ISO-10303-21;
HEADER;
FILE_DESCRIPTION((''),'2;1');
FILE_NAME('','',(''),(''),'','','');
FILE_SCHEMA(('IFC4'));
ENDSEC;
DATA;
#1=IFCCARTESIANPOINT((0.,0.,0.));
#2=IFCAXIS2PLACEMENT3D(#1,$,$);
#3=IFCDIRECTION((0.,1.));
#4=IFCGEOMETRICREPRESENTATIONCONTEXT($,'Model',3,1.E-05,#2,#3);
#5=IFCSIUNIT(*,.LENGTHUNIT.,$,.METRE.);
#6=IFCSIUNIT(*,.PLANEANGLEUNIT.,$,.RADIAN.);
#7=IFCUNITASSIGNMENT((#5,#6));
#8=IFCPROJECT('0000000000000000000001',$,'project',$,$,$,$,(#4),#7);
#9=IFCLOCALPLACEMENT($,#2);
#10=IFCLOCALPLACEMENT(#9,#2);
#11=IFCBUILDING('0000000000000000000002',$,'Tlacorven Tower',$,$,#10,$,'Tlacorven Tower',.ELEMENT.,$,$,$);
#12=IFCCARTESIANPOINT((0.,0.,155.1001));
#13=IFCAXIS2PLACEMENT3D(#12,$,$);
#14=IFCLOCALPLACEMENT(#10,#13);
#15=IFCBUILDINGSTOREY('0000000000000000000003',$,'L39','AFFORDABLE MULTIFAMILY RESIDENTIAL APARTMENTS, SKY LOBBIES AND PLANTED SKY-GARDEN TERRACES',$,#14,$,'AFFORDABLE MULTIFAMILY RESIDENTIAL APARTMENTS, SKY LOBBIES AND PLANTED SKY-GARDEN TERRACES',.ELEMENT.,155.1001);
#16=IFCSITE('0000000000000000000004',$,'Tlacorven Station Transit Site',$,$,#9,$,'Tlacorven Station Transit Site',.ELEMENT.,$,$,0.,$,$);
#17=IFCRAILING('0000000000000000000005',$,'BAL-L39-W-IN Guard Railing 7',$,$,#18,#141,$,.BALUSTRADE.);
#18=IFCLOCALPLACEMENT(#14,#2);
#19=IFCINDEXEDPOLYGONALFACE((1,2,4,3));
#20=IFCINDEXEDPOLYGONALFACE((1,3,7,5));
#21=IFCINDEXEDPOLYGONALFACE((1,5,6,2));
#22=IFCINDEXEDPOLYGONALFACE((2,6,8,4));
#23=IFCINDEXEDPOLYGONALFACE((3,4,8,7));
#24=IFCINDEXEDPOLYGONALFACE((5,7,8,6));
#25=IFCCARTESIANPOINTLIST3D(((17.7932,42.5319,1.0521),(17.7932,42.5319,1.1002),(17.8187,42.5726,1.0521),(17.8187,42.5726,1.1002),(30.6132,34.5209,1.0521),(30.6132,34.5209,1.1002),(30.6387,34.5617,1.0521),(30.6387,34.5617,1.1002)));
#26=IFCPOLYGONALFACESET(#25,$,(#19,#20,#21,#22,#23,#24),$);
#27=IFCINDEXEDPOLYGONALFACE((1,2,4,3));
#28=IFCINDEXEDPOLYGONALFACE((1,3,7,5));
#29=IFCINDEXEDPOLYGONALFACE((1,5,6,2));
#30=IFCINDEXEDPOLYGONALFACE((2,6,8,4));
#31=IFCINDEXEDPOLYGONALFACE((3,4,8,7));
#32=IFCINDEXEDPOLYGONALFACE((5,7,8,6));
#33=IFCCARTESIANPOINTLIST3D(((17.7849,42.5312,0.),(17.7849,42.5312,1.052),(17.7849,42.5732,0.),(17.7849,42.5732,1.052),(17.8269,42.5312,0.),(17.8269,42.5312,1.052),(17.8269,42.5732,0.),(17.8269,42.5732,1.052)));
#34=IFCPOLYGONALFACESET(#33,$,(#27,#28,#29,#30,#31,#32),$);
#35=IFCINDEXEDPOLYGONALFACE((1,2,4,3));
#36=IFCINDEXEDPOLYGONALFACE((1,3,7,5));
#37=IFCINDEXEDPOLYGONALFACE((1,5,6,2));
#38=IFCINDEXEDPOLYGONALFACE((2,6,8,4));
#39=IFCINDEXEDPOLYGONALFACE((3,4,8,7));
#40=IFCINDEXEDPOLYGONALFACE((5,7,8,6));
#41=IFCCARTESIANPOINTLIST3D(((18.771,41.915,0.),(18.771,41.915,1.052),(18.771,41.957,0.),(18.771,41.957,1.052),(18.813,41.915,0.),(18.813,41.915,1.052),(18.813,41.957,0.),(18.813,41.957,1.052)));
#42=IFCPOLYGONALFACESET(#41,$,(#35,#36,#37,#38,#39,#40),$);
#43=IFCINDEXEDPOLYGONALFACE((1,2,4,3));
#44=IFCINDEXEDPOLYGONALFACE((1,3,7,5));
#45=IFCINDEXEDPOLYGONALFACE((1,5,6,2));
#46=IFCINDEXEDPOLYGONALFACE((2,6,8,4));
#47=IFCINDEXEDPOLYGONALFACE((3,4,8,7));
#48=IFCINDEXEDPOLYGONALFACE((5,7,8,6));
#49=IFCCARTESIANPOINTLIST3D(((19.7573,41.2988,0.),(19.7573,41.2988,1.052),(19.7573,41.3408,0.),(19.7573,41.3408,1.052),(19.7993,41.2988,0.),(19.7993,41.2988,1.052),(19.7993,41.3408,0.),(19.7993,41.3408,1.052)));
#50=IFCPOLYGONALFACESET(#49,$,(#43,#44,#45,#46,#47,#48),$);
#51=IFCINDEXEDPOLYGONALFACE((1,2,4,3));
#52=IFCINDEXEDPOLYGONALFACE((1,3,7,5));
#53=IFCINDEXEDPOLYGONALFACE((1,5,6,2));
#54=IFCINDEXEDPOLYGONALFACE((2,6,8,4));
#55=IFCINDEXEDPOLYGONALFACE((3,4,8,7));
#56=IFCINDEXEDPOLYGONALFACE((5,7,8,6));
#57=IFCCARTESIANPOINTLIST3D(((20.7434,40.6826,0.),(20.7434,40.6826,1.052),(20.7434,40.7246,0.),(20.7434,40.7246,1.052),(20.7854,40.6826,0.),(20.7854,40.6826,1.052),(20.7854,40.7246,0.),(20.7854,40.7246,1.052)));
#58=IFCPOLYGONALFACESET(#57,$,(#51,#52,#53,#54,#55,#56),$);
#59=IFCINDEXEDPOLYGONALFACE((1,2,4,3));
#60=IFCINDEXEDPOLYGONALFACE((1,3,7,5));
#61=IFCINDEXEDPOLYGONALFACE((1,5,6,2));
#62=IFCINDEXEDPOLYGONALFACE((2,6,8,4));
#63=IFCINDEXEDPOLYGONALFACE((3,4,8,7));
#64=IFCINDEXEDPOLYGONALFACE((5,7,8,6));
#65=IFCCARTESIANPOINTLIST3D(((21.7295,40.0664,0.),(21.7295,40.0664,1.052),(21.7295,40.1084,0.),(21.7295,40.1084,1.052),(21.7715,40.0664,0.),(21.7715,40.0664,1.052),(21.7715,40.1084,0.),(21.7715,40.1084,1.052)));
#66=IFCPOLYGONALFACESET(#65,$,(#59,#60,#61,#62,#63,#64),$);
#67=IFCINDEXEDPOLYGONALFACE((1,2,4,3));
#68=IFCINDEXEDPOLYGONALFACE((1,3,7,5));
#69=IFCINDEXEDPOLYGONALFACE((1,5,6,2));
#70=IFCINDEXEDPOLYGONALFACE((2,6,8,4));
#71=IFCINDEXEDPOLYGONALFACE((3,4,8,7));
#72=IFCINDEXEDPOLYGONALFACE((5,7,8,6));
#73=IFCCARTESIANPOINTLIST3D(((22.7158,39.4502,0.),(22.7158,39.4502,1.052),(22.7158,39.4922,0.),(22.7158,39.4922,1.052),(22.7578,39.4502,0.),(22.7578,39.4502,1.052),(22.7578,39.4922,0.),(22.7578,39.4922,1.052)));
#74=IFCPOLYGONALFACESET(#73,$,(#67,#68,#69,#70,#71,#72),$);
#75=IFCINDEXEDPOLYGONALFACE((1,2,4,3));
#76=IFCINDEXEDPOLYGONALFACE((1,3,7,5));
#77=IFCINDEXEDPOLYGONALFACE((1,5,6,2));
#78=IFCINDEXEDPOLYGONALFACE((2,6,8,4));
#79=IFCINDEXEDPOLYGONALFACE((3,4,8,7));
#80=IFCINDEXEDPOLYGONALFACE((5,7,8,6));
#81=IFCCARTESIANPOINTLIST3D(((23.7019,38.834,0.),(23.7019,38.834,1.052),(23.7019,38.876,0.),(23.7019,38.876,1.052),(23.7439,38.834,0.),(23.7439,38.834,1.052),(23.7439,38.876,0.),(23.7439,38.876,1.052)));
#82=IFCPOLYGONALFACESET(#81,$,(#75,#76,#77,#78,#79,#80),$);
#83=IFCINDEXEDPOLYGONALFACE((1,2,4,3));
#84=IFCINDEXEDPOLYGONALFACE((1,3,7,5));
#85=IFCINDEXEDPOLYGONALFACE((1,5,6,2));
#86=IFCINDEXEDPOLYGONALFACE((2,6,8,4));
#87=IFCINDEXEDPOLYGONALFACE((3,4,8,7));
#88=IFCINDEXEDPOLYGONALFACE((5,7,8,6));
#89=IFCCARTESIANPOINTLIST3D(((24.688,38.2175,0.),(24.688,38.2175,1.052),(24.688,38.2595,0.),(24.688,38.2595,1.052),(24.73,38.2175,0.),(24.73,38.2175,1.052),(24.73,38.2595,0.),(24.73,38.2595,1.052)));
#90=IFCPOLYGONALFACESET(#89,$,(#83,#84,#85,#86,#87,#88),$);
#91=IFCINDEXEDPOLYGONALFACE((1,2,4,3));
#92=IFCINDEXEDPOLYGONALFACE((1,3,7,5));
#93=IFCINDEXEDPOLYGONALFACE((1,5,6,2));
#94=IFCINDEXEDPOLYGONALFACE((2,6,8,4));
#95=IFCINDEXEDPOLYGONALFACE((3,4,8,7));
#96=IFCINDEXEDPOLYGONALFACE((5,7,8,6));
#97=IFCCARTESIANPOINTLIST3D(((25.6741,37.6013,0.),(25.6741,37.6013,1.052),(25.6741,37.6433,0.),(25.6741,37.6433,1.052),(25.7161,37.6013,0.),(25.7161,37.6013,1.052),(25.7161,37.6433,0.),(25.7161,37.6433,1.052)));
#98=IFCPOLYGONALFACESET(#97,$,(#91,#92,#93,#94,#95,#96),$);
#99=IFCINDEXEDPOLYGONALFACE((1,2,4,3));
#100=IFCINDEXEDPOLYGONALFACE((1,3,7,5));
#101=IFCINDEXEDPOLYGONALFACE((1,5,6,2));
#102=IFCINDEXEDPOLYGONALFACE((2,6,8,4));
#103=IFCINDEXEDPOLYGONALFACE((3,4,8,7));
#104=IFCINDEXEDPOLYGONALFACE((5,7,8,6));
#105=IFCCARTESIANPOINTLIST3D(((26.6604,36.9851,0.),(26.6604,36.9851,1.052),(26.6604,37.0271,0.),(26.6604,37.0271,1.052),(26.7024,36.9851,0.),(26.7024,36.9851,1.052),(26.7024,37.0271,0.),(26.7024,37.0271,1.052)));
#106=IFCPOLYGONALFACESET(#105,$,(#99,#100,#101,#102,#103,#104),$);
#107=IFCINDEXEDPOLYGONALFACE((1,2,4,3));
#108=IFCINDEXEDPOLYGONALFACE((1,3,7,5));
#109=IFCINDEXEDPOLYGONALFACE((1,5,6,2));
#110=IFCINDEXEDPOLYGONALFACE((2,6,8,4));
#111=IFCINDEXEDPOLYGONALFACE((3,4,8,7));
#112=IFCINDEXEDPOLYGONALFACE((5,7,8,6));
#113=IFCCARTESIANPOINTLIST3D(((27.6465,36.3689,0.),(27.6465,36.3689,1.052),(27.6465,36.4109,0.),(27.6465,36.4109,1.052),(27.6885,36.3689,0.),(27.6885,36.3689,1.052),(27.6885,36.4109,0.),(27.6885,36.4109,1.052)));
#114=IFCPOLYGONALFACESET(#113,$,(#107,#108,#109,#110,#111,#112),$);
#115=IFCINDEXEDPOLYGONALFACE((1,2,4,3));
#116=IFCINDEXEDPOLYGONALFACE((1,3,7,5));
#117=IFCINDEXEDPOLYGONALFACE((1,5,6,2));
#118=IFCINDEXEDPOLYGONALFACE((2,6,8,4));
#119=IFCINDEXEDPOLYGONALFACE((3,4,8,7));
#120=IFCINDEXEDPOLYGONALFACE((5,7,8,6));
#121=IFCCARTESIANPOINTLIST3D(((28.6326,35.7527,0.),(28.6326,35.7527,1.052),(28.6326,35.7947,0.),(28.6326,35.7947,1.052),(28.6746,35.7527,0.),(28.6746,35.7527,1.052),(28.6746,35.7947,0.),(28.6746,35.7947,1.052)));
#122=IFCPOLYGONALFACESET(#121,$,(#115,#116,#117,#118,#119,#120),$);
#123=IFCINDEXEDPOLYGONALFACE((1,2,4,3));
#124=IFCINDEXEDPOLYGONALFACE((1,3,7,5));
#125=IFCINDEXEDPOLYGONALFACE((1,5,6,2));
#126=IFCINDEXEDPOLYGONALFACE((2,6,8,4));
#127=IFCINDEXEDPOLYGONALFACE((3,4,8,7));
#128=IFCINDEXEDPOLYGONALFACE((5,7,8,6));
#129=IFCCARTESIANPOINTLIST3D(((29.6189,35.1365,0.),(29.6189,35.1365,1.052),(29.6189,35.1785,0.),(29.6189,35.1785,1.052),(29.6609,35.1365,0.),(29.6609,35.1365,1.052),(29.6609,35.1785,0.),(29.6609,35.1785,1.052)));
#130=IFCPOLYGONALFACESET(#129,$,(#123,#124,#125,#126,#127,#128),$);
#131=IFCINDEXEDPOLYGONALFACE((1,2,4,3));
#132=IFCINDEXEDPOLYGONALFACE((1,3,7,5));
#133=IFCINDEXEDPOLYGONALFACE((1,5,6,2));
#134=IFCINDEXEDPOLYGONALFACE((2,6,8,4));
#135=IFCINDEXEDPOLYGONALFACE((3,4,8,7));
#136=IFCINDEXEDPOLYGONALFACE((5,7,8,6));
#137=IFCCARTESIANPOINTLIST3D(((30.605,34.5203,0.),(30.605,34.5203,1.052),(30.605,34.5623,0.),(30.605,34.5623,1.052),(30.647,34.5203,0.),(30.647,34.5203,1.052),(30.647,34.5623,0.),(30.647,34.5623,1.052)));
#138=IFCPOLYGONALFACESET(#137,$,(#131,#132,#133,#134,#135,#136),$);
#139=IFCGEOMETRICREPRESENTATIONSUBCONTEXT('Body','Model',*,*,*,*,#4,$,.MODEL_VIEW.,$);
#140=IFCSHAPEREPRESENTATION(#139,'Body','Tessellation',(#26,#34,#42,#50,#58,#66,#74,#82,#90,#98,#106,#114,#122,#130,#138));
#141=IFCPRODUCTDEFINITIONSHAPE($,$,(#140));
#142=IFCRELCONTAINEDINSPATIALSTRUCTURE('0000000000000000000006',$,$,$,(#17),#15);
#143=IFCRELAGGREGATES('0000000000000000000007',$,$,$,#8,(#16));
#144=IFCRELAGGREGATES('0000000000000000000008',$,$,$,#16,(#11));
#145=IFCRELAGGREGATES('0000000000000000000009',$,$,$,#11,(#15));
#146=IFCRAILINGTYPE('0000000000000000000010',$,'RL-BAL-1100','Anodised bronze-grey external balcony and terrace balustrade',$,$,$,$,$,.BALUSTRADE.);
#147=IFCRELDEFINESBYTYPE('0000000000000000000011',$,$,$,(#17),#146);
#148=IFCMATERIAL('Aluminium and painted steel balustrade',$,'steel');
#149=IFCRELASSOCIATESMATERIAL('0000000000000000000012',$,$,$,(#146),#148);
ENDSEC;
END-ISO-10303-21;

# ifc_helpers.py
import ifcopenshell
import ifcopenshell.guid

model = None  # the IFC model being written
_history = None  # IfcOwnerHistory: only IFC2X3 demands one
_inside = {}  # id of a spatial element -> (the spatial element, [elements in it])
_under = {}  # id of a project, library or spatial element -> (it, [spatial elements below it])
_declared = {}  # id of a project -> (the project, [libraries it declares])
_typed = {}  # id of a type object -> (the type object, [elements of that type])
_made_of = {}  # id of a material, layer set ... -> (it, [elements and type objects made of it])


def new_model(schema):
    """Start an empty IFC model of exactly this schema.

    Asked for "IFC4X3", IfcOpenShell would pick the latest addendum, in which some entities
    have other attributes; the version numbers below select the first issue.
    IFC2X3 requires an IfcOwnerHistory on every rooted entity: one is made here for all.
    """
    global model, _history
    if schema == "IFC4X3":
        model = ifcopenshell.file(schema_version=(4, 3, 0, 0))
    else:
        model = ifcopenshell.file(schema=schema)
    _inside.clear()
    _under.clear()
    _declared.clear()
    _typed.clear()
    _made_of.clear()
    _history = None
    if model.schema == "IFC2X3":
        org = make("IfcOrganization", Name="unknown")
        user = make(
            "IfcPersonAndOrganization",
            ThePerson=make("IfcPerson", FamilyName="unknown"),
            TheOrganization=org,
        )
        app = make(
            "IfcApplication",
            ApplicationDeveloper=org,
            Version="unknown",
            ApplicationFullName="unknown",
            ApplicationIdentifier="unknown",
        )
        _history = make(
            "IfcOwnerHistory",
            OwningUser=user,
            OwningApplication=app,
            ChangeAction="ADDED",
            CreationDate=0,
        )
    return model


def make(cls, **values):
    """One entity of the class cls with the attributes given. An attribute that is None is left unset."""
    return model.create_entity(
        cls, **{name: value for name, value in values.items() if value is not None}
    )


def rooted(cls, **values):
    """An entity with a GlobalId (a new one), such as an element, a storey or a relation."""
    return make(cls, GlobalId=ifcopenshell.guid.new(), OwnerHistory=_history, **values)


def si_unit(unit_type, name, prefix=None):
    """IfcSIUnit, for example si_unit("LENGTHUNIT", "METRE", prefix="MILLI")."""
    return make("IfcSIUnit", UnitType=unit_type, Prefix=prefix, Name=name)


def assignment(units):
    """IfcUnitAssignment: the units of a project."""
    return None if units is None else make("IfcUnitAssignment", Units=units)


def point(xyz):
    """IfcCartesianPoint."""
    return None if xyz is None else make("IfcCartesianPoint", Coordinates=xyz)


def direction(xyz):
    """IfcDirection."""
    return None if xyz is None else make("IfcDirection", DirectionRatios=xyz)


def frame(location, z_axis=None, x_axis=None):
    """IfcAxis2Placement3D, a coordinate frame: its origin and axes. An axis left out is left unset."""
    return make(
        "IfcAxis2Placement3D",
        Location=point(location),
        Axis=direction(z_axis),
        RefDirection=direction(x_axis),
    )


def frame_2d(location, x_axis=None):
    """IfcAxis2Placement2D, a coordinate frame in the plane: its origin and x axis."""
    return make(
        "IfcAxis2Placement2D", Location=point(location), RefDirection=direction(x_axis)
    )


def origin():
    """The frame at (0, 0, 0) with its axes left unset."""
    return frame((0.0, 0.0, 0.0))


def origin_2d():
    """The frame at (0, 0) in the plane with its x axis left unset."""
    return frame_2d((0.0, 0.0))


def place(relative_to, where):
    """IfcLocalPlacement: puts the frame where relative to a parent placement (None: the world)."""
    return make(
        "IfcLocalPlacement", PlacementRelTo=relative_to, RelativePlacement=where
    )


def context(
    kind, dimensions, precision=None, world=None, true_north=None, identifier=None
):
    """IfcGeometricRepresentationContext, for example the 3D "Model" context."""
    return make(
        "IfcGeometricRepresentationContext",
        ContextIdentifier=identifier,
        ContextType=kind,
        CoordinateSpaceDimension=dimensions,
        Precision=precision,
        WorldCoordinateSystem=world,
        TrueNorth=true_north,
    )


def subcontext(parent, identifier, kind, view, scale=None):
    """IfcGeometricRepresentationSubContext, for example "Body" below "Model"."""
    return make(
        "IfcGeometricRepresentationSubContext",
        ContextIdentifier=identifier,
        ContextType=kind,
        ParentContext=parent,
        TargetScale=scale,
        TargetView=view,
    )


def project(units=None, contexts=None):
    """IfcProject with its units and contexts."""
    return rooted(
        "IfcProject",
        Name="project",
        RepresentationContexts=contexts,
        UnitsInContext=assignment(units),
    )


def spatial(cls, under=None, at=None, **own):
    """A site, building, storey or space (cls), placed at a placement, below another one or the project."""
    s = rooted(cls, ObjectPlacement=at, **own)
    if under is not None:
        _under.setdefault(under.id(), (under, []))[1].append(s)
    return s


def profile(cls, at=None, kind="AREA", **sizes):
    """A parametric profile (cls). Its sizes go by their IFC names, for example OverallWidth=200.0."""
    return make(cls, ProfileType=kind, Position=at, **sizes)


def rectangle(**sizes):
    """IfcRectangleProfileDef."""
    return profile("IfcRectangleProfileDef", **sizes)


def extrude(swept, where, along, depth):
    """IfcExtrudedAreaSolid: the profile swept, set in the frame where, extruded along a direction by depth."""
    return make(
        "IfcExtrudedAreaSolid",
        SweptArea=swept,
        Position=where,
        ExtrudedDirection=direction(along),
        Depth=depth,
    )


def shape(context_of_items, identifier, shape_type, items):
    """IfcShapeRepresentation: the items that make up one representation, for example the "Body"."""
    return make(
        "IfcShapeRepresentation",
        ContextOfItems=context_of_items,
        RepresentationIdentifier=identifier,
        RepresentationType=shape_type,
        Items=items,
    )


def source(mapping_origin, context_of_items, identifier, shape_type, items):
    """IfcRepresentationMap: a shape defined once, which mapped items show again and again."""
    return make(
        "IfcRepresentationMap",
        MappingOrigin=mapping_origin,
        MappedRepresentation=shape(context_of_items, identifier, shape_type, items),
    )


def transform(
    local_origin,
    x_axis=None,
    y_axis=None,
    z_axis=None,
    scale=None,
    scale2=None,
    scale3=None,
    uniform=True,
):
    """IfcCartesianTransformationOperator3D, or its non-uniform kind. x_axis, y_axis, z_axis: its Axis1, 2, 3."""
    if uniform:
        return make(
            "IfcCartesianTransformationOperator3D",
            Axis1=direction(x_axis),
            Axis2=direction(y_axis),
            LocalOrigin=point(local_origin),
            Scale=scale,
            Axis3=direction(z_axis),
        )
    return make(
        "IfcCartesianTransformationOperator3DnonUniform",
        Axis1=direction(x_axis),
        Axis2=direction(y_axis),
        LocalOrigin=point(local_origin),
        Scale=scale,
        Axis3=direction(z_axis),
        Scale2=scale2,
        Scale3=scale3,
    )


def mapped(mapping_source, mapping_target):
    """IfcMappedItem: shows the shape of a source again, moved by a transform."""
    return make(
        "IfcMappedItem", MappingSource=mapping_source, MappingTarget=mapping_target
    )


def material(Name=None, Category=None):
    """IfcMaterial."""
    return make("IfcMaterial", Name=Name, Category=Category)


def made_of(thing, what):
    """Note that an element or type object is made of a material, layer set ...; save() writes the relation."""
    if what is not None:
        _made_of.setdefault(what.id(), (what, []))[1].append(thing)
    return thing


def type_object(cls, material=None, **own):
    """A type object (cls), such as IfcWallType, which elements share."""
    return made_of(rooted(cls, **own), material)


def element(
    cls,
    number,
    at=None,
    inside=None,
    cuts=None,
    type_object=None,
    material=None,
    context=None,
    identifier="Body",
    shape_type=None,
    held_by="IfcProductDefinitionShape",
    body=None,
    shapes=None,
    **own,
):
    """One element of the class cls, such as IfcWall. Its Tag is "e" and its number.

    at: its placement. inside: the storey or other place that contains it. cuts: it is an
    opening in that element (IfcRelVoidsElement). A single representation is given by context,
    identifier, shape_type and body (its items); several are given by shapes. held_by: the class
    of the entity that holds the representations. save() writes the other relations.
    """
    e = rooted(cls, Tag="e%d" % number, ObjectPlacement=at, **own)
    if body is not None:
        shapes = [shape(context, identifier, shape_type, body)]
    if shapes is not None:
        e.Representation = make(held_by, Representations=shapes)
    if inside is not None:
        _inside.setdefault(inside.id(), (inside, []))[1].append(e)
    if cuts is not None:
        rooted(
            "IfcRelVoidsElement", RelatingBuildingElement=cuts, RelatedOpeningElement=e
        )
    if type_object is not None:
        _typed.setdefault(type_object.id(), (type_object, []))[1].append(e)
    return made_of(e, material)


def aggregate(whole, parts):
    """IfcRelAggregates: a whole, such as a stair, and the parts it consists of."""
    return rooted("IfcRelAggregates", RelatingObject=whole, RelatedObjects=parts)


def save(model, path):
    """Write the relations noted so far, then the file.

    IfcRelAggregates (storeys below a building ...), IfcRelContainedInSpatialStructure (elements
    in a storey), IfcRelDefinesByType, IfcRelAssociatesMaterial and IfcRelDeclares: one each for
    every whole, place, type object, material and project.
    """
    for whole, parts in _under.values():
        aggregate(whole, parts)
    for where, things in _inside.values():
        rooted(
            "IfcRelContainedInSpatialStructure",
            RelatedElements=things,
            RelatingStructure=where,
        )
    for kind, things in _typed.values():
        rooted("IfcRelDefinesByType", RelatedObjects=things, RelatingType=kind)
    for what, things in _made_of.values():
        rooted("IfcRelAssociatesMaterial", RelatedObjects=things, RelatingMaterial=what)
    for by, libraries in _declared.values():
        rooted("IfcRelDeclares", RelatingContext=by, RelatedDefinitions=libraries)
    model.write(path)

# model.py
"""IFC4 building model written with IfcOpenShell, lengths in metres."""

from ifc_helpers import new_model, si_unit, direction, frame, origin, origin_2d, place, context, subcontext, project, spatial, rectangle, extrude, source, transform, mapped, material, type_object, element, save


model = new_model("IFC4")

# Units and contexts
model_context = context("Model", 3, precision=1e-05, world=origin(), true_north=direction((0.0, 1.0)))
body_context = subcontext(model_context, "Body", "Model", "MODEL_VIEW")
ifc_project = project(units=[si_unit("LENGTHUNIT", "METRE"), si_unit("PLANEANGLEUNIT", "RADIAN")], contexts=[model_context])

# Site, building, storey
site_placement = place(None, origin())
site = spatial("IfcSite", under=ifc_project, at=site_placement, Name="Tlacorven Station Transit Site", LongName="Tlacorven Station Transit Site", CompositionType="ELEMENT", RefElevation=0.0)
building_placement = place(site_placement, origin())
building = spatial("IfcBuilding", under=site, at=building_placement, Name="Tlacorven Tower", LongName="Tlacorven Tower", CompositionType="ELEMENT")
storey_placement = place(building_placement, frame((0.0, 0.0, 155.1001)))
storey = spatial("IfcBuildingStorey", under=building, at=storey_placement, Name="L39", Description="AFFORDABLE MULTIFAMILY RESIDENTIAL APARTMENTS, SKY LOBBIES AND PLANTED SKY-GARDEN TERRACES", LongName="AFFORDABLE MULTIFAMILY RESIDENTIAL APARTMENTS, SKY LOBBIES AND PLANTED SKY-GARDEN TERRACES", CompositionType="ELEMENT", Elevation=155.1001)

# Railing
ifc_material_1 = material(Name="Aluminium and painted steel balustrade", Category="steel")
railing_type = type_object("IfcRailingType", Name="RL-BAL-1100", Description="Anodised bronze-grey external balcony and terrace balustrade", PredefinedType="BALUSTRADE", material=ifc_material_1)
shared_shape_1 = source(origin(), body_context, "Body", "SweptSolid", [
    extrude(rectangle(XDim=0.0481, YDim=0.0481, at=origin_2d()), frame((0.0, 0.0, 1.0762), z_axis=(0.848045, -0.529925, 0.0), x_axis=(0.529925, 0.848045, 0.0)), (0.0, 0.0, 1.0), 15.1172),
    extrude(rectangle(XDim=0.042, YDim=0.042, at=origin_2d()), origin(), (0.0, 0.0, 1.0), 1.052),
    extrude(rectangle(XDim=0.042, YDim=0.042, at=origin_2d()), frame((0.9861, -0.6162, 0.0)), (0.0, 0.0, 1.0), 1.052),
    extrude(rectangle(XDim=0.042, YDim=0.042, at=origin_2d()), frame((1.9724, -1.2324, 0.0)), (0.0, 0.0, 1.0), 1.052),
    extrude(rectangle(XDim=0.042, YDim=0.042, at=origin_2d()), frame((2.9585, -1.8486, 0.0)), (0.0, 0.0, 1.0), 1.052),
    extrude(rectangle(XDim=0.042, YDim=0.042, at=origin_2d()), frame((3.9446, -2.4648, 0.0)), (0.0, 0.0, 1.0), 1.052),
    extrude(rectangle(XDim=0.042, YDim=0.042, at=origin_2d()), frame((4.9309, -3.0811, 0.0)), (0.0, 0.0, 1.0), 1.052),
    extrude(rectangle(XDim=0.042, YDim=0.042, at=origin_2d()), frame((5.917, -3.6973, 0.0)), (0.0, 0.0, 1.0), 1.052),
    extrude(rectangle(XDim=0.042, YDim=0.042, at=origin_2d()), frame((6.9031, -4.3137, 0.0)), (0.0, 0.0, 1.0), 1.052),
    extrude(rectangle(XDim=0.042, YDim=0.042, at=origin_2d()), frame((7.8892, -4.9299, 0.0)), (0.0, 0.0, 1.0), 1.052),
    extrude(rectangle(XDim=0.042, YDim=0.042, at=origin_2d()), frame((8.8755, -5.5461, 0.0)), (0.0, 0.0, 1.0), 1.052),
    extrude(rectangle(XDim=0.042, YDim=0.042, at=origin_2d()), frame((9.8616, -6.1624, 0.0)), (0.0, 0.0, 1.0), 1.052),
    extrude(rectangle(XDim=0.042, YDim=0.042, at=origin_2d()), frame((10.8477, -6.7786, 0.0)), (0.0, 0.0, 1.0), 1.052),
    extrude(rectangle(XDim=0.042, YDim=0.042, at=origin_2d()), frame((11.834, -7.3948, 0.0)), (0.0, 0.0, 1.0), 1.052),
    extrude(rectangle(XDim=0.042, YDim=0.042, at=origin_2d()), frame((12.8201, -8.011, 0.0)), (0.0, 0.0, 1.0), 1.052),
])
railing_1_placement = place(storey_placement, frame((17.8059, 42.5522, 0.0)))
element("IfcRailing", 1, at=railing_1_placement, inside=storey, type_object=railing_type, Name="BAL-L39-W-IN Guard Railing 7", PredefinedType="BALUSTRADE", context=body_context, shape_type="MappedRepresentation", body=[
    mapped(shared_shape_1, transform((0.0, 0.0, 0.0), scale=1.0)),
])

save(model, "model.ifc")
